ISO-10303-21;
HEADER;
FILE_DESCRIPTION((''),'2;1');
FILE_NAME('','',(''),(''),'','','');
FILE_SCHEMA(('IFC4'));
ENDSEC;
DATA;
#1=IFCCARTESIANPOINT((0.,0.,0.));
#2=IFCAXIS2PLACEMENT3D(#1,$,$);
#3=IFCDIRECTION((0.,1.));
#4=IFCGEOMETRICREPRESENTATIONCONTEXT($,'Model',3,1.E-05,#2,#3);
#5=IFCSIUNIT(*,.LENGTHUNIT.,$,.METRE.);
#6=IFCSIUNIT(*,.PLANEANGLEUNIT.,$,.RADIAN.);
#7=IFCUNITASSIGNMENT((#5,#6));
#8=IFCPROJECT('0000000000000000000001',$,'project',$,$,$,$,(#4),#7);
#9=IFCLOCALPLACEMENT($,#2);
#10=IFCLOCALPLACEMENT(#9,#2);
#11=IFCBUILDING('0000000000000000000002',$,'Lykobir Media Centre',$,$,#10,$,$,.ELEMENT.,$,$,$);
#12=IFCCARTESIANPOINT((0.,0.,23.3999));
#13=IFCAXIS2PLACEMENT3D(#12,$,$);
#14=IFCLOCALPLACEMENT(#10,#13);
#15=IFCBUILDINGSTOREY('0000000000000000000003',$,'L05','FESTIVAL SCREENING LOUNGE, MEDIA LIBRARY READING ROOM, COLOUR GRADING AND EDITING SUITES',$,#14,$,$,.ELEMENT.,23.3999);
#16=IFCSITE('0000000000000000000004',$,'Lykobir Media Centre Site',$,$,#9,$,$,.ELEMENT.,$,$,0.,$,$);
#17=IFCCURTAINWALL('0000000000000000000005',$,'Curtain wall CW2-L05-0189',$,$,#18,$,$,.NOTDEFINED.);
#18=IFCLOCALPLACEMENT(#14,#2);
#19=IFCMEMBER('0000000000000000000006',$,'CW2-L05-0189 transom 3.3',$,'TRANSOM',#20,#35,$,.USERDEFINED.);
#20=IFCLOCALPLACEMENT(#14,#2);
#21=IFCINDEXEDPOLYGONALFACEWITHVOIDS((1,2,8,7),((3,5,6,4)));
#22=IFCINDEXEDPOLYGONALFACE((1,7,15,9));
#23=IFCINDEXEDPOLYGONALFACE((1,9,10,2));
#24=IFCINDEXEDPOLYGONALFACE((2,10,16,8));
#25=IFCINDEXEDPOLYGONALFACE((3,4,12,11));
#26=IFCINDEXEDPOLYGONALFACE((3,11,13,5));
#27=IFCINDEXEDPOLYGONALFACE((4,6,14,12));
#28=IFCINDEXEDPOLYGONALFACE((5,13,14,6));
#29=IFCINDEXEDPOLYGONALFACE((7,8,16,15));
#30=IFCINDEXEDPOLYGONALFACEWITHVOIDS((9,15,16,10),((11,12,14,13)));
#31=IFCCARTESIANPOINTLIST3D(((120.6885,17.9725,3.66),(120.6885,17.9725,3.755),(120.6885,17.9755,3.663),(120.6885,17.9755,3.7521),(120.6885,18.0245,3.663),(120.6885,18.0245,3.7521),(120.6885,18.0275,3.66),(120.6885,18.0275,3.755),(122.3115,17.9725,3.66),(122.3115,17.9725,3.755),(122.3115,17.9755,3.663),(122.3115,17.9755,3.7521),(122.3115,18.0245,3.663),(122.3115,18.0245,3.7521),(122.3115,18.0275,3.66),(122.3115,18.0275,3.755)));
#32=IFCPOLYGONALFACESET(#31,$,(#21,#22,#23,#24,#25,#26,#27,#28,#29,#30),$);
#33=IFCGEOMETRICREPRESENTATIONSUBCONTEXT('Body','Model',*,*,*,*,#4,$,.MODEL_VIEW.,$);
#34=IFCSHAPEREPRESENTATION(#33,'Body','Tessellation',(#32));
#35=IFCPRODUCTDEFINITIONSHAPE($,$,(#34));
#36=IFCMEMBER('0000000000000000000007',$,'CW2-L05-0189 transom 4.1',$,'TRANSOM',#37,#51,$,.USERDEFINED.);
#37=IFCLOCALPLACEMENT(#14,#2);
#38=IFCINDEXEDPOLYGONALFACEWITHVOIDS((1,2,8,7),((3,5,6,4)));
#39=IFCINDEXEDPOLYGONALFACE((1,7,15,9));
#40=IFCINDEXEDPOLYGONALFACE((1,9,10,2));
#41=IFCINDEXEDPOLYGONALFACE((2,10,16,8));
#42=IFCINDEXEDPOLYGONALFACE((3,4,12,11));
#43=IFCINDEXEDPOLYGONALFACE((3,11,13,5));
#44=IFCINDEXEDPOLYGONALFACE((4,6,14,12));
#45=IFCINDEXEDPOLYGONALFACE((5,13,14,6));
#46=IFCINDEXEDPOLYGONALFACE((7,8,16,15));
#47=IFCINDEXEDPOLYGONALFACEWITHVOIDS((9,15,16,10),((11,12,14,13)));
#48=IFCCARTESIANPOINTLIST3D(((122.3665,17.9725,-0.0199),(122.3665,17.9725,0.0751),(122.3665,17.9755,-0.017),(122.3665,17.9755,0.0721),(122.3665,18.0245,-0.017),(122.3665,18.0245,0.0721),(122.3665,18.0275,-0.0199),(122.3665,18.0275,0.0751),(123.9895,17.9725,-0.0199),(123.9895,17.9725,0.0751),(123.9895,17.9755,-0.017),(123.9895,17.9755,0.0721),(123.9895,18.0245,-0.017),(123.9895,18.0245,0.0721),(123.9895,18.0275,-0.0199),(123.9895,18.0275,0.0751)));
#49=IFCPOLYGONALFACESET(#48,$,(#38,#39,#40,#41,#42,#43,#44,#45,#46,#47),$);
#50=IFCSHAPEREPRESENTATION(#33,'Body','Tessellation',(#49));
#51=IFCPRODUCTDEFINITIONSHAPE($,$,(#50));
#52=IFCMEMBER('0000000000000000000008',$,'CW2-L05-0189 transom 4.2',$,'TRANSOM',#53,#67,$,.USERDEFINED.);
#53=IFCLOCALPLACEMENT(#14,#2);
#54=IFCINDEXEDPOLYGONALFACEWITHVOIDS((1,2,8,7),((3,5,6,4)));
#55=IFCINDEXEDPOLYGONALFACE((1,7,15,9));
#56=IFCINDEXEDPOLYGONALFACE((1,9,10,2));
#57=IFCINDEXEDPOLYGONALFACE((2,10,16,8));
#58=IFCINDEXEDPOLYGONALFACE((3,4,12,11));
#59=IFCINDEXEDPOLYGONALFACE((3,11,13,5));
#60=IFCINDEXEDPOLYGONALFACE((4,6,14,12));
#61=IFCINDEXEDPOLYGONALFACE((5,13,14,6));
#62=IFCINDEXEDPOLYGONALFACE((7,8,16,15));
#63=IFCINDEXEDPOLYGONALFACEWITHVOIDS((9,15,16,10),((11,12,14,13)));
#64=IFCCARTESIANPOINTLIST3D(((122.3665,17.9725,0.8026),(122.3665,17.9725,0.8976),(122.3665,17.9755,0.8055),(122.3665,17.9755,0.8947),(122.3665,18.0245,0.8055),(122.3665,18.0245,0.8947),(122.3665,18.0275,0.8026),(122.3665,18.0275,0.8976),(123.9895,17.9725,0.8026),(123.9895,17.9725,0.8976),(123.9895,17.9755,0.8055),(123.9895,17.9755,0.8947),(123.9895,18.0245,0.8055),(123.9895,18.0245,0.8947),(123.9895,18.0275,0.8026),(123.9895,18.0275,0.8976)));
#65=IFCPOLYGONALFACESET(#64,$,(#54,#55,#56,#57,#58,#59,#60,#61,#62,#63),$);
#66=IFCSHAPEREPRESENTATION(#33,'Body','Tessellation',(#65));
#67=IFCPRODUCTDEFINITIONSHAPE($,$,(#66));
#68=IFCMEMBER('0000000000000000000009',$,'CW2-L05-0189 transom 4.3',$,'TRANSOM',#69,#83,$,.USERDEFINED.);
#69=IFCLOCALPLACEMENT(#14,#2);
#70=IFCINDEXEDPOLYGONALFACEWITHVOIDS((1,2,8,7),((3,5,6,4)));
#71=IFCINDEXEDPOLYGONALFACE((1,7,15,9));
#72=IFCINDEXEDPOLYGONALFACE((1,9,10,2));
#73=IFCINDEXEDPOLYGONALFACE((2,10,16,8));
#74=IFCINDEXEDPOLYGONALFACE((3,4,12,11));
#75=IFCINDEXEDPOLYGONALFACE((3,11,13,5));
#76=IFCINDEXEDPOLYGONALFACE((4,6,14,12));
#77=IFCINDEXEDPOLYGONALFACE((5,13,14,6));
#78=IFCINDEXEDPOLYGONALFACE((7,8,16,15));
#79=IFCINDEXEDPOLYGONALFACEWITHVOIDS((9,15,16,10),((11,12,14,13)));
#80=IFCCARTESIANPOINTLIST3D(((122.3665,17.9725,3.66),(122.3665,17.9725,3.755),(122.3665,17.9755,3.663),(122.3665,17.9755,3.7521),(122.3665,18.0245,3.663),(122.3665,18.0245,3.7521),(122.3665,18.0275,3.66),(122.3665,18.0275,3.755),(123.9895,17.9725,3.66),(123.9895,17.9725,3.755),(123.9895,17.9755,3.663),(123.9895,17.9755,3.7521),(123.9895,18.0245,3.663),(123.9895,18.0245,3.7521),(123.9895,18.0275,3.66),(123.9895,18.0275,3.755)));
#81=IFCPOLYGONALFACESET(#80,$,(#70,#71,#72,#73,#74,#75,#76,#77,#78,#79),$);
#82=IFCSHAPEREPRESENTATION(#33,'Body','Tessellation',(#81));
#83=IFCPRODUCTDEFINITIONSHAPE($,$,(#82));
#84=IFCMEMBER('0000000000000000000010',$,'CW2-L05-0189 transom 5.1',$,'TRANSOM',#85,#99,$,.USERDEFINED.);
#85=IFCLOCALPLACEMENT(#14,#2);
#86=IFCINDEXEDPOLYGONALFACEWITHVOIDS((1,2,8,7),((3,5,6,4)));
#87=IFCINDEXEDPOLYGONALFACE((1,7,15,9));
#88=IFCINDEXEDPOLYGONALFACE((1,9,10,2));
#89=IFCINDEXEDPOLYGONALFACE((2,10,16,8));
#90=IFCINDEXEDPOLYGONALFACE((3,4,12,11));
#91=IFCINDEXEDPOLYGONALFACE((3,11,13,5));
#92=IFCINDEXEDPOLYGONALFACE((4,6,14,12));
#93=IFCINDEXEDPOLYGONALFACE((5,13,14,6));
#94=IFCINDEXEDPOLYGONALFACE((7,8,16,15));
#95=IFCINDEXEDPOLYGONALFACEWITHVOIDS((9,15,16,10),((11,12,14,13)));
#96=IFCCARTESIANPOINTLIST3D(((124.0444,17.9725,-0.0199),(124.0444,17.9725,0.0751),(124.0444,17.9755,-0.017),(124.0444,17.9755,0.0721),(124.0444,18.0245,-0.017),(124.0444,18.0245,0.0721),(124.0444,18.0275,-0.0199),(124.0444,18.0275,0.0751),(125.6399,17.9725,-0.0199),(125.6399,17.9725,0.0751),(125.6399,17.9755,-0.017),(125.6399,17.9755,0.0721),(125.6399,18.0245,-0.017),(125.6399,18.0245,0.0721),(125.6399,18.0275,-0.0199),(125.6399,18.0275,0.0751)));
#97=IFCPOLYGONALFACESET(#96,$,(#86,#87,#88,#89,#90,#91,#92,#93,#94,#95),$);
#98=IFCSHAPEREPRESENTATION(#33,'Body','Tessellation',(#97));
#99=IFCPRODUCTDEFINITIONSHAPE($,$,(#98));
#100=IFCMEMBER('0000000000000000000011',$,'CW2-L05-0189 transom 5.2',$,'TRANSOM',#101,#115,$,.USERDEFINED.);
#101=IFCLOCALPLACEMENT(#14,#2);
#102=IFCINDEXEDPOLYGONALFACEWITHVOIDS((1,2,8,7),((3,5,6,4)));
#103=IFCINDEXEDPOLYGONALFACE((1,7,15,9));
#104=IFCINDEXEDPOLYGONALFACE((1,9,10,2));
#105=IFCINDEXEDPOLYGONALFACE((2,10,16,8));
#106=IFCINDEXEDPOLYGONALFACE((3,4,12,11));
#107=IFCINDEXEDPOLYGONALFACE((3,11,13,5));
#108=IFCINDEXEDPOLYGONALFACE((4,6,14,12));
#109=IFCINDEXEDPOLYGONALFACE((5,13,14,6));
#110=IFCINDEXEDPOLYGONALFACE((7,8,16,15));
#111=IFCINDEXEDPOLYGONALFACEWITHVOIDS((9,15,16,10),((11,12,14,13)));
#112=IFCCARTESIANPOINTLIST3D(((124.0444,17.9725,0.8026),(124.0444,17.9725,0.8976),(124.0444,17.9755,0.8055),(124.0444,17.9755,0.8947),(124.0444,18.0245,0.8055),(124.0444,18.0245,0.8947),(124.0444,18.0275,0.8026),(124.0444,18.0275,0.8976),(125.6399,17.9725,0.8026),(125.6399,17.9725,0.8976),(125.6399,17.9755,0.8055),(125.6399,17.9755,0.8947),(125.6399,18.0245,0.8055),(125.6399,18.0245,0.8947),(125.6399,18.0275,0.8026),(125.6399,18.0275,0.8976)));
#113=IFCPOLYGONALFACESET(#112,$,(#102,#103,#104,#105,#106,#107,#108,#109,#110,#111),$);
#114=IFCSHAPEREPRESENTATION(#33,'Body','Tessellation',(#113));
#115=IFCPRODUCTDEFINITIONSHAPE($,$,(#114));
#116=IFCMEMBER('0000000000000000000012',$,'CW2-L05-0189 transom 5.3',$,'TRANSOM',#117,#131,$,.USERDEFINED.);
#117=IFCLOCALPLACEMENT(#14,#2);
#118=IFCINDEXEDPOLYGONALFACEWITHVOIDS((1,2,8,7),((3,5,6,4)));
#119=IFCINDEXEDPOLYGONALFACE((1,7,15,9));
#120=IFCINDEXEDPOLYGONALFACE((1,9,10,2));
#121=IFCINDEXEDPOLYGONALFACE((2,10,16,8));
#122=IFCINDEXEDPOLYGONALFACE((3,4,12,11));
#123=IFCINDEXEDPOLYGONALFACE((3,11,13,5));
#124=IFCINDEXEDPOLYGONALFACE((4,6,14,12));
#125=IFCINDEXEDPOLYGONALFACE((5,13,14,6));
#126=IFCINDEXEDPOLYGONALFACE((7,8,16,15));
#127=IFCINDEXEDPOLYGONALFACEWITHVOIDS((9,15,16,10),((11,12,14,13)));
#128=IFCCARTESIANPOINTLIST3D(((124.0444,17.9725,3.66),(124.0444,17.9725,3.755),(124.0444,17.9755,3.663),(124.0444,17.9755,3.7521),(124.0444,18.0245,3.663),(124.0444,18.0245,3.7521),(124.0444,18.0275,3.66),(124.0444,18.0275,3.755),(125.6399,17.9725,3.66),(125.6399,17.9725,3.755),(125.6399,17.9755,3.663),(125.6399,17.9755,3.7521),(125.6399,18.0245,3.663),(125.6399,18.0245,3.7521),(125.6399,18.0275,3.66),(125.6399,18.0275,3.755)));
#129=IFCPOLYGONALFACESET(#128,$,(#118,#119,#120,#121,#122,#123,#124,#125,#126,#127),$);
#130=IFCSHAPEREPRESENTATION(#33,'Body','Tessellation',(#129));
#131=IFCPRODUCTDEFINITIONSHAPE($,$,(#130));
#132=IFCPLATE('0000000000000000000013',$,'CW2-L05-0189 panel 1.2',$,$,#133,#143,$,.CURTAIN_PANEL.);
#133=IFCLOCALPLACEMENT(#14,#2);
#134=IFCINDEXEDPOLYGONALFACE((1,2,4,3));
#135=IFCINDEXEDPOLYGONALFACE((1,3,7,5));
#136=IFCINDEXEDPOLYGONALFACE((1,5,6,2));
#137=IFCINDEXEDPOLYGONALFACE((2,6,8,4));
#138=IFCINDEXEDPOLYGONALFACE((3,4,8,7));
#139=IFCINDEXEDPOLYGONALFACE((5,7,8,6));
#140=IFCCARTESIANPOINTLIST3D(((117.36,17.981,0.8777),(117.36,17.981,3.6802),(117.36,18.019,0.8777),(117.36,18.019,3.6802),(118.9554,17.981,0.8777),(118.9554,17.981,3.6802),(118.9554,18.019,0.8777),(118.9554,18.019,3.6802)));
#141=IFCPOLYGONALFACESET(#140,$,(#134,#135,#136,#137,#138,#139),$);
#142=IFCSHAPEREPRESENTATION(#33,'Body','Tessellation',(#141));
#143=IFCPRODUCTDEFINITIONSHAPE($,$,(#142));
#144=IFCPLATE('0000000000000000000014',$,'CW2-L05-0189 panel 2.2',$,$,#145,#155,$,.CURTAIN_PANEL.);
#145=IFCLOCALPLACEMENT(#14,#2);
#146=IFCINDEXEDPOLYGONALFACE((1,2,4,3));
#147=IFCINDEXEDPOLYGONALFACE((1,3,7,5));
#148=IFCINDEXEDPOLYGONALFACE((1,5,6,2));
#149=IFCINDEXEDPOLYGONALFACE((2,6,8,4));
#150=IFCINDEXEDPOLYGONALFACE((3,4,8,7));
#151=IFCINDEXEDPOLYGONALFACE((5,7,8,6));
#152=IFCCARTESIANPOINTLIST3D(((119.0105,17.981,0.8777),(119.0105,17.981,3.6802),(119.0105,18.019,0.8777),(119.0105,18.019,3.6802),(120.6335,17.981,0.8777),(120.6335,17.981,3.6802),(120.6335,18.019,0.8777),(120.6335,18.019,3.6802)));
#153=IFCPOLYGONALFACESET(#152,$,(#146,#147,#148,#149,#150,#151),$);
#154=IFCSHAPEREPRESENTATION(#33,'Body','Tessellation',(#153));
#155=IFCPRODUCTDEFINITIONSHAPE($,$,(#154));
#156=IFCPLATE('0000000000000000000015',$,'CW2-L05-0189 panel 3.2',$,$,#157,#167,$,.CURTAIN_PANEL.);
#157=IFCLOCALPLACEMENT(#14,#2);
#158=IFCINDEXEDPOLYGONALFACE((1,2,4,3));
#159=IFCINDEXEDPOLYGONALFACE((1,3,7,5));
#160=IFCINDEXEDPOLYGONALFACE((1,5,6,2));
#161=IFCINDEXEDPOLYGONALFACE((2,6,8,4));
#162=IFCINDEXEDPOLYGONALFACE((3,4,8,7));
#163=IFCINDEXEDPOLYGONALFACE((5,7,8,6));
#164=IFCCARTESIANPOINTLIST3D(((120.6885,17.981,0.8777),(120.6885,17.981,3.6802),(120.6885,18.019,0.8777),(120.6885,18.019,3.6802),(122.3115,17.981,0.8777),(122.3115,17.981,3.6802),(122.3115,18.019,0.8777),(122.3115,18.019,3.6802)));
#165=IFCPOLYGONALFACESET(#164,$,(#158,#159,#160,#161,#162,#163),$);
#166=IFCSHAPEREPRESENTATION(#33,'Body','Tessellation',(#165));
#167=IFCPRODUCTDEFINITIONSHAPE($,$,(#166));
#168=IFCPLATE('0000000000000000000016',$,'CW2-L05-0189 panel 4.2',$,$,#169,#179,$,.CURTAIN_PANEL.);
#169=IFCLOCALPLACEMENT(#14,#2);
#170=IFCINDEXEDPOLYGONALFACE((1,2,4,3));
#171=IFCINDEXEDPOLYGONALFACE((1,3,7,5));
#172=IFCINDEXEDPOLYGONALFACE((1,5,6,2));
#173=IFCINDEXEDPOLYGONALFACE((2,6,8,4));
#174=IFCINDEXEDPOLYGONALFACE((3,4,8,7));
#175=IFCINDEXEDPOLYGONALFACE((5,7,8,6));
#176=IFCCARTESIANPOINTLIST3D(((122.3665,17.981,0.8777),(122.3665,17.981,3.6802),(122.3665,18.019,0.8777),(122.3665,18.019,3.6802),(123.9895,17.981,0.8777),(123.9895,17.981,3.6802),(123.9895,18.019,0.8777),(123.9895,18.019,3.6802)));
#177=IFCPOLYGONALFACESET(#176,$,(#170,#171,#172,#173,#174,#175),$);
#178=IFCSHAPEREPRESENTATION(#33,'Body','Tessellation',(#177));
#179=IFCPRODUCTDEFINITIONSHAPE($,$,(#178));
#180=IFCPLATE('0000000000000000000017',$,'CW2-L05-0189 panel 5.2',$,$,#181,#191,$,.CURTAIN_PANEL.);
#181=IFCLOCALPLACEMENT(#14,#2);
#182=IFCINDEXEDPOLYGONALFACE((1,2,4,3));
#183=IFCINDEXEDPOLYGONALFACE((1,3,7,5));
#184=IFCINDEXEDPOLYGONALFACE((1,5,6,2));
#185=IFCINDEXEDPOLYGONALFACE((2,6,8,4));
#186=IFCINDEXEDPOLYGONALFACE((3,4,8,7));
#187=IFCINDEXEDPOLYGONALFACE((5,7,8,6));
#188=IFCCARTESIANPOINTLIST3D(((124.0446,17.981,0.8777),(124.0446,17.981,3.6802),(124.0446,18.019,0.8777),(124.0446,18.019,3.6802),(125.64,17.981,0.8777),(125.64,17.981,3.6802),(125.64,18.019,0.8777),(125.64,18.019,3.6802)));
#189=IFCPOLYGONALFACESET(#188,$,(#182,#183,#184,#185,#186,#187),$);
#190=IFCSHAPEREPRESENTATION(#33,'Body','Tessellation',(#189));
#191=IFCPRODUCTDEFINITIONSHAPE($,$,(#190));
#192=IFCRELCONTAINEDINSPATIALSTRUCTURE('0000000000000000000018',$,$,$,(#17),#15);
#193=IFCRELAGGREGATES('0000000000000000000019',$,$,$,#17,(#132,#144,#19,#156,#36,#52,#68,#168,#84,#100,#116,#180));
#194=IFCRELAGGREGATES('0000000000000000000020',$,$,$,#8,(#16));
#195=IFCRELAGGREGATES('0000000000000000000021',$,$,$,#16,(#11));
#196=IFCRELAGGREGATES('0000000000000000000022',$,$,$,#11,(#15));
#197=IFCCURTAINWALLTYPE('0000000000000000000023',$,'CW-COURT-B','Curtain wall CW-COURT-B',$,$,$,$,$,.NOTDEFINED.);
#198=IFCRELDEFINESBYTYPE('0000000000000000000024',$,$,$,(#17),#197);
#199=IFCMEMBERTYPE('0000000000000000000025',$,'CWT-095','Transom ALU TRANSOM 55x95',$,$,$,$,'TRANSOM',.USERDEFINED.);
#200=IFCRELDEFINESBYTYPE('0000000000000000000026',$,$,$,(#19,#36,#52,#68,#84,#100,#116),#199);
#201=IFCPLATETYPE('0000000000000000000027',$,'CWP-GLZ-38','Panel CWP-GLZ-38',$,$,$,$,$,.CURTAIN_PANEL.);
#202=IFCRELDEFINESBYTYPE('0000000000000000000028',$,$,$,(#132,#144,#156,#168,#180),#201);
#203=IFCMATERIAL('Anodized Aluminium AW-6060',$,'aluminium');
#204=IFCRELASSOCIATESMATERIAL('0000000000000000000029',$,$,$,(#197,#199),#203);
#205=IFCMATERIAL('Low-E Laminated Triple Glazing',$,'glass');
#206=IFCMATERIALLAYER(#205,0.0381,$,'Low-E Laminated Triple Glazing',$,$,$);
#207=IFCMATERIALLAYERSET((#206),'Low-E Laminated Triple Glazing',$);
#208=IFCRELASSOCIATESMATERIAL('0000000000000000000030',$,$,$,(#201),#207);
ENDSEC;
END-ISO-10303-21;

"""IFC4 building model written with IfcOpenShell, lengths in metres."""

from ifc_helpers import new_model, si_unit, direction, frame, origin, origin_2d, place, context, subcontext, project, spatial, rectangle, hollow_rectangle, extrude, material, layer, layer_set, material_profile, profile_set, type_object, element, aggregate, save


model = new_model("IFC4")

# Units and contexts
model_context = context("Model", 3, precision=1e-05, world=origin(), true_north=direction((0.0, 1.0)))
body_context = subcontext(model_context, "Body", "Model", "MODEL_VIEW")
ifc_project = project(units=[si_unit("LENGTHUNIT", "METRE"), si_unit("PLANEANGLEUNIT", "RADIAN")], contexts=[model_context])

# Site, building, storey
site_placement = place(None, origin())
site = spatial("IfcSite", under=ifc_project, at=site_placement, Name="Lykobir Media Centre Site", CompositionType="ELEMENT", RefElevation=0.0)
building_placement = place(site_placement, origin())
building = spatial("IfcBuilding", under=site, at=building_placement, Name="Lykobir Media Centre", CompositionType="ELEMENT")
storey_placement = place(building_placement, frame((0.0, 0.0, 23.3999)))
storey = spatial("IfcBuildingStorey", under=building, at=storey_placement, Name="L05", Description="FESTIVAL SCREENING LOUNGE, MEDIA LIBRARY READING ROOM, COLOUR GRADING AND EDITING SUITES", CompositionType="ELEMENT", Elevation=23.3999)

# Curtain wall, members, plates
ifc_material_1 = material(Name="Anodized Aluminium AW-6060", Category="aluminium")
curtain_wall_type = type_object("IfcCurtainWallType", Name="CW-COURT-B", Description="Curtain wall CW-COURT-B", PredefinedType="NOTDEFINED", material=ifc_material_1)
curtain_wall_placement = place(storey_placement, origin())
curtain_wall = element("IfcCurtainWall", 1, at=curtain_wall_placement, inside=storey, type_object=curtain_wall_type, Name="Curtain wall CW2-L05-0189", PredefinedType="NOTDEFINED")
ifc_material_profile_1 = material_profile(ifc_material_1, hollow_rectangle(XDim=0.0549, YDim=0.095, WallThickness=0.0029, at=origin_2d()), Name="ALU TRANSOM 55x95")
ifc_profile_set_1 = profile_set([ifc_material_profile_1], Name="Anodized Aluminium AW-6060")
member_type_1 = type_object("IfcMemberType", Name="CWT-095", Description="Transom ALU TRANSOM 55x95", ElementType="TRANSOM", PredefinedType="USERDEFINED", material=ifc_profile_set_1)
member_1_placement = place(storey_placement, frame((120.6885, 18.0, 3.7075), z_axis=(1.0, 0.0, 0.0), x_axis=(0.0, 1.0, 0.0)))
member_1 = element("IfcMember", 2, at=member_1_placement, type_object=member_type_1, Name="CW2-L05-0189 transom 3.3", ObjectType="TRANSOM", PredefinedType="USERDEFINED", context=body_context, shape_type="SweptSolid", body=[
    extrude(hollow_rectangle(XDim=0.0549, YDim=0.095, WallThickness=0.0029, at=origin_2d()), origin(), (0.0, 0.0, 1.0), 1.623),
])
member_2_placement = place(storey_placement, frame((122.3665, 18.0, 0.0276), z_axis=(1.0, 0.0, 0.0), x_axis=(0.0, 1.0, 0.0)))
member_2 = element("IfcMember", 3, at=member_2_placement, type_object=member_type_1, Name="CW2-L05-0189 transom 4.1", ObjectType="TRANSOM", PredefinedType="USERDEFINED", context=body_context, shape_type="SweptSolid", body=[
    extrude(hollow_rectangle(XDim=0.0549, YDim=0.095, WallThickness=0.0029, at=origin_2d()), origin(), (0.0, 0.0, 1.0), 1.623),
])
member_3_placement = place(storey_placement, frame((122.3665, 18.0, 0.8501), z_axis=(1.0, 0.0, 0.0), x_axis=(0.0, 1.0, 0.0)))
member_3 = element("IfcMember", 4, at=member_3_placement, type_object=member_type_1, Name="CW2-L05-0189 transom 4.2", ObjectType="TRANSOM", PredefinedType="USERDEFINED", context=body_context, shape_type="SweptSolid", body=[
    extrude(hollow_rectangle(XDim=0.0549, YDim=0.095, WallThickness=0.0029, at=origin_2d()), origin(), (0.0, 0.0, 1.0), 1.623),
])
member_4_placement = place(storey_placement, frame((122.3665, 18.0, 3.7075), z_axis=(1.0, 0.0, 0.0), x_axis=(0.0, 1.0, 0.0)))
member_4 = element("IfcMember", 5, at=member_4_placement, type_object=member_type_1, Name="CW2-L05-0189 transom 4.3", ObjectType="TRANSOM", PredefinedType="USERDEFINED", context=body_context, shape_type="SweptSolid", body=[
    extrude(hollow_rectangle(XDim=0.0549, YDim=0.095, WallThickness=0.0029, at=origin_2d()), origin(), (0.0, 0.0, 1.0), 1.623),
])
member_5_placement = place(storey_placement, frame((124.0444, 18.0, 0.0276), z_axis=(1.0, 0.0, 0.0), x_axis=(0.0, 1.0, 0.0)))
member_5 = element("IfcMember", 6, at=member_5_placement, type_object=member_type_1, Name="CW2-L05-0189 transom 5.1", ObjectType="TRANSOM", PredefinedType="USERDEFINED", context=body_context, shape_type="SweptSolid", body=[
    extrude(hollow_rectangle(XDim=0.0549, YDim=0.095, WallThickness=0.0029, at=origin_2d()), origin(), (0.0, 0.0, 1.0), 1.5955),
])
member_6_placement = place(storey_placement, frame((124.0444, 18.0, 0.8501), z_axis=(1.0, 0.0, 0.0), x_axis=(0.0, 1.0, 0.0)))
member_6 = element("IfcMember", 7, at=member_6_placement, type_object=member_type_1, Name="CW2-L05-0189 transom 5.2", ObjectType="TRANSOM", PredefinedType="USERDEFINED", context=body_context, shape_type="SweptSolid", body=[
    extrude(hollow_rectangle(XDim=0.0549, YDim=0.095, WallThickness=0.0029, at=origin_2d()), origin(), (0.0, 0.0, 1.0), 1.5955),
])
member_7_placement = place(storey_placement, frame((124.0444, 18.0, 3.7075), z_axis=(1.0, 0.0, 0.0), x_axis=(0.0, 1.0, 0.0)))
member_7 = element("IfcMember", 8, at=member_7_placement, type_object=member_type_1, Name="CW2-L05-0189 transom 5.3", ObjectType="TRANSOM", PredefinedType="USERDEFINED", context=body_context, shape_type="SweptSolid", body=[
    extrude(hollow_rectangle(XDim=0.0549, YDim=0.095, WallThickness=0.0029, at=origin_2d()), origin(), (0.0, 0.0, 1.0), 1.5955),
])
ifc_material_2 = material(Name="Low-E Laminated Triple Glazing", Category="glass")
ifc_layer_1 = layer(ifc_material_2, 0.0381, Name="Low-E Laminated Triple Glazing")
ifc_layer_set_1 = layer_set([ifc_layer_1], Name="Low-E Laminated Triple Glazing")
plate_type_1 = type_object("IfcPlateType", Name="CWP-GLZ-38", Description="Panel CWP-GLZ-38", PredefinedType="CURTAIN_PANEL", material=ifc_layer_set_1)
plate_1_placement = place(storey_placement, frame((118.1577, 18.0, 0.8777), z_axis=(0.0, 0.0, 1.0), x_axis=(1.0, 0.0, 0.0)))
plate_1 = element("IfcPlate", 9, at=plate_1_placement, type_object=plate_type_1, Name="CW2-L05-0189 panel 1.2", PredefinedType="CURTAIN_PANEL", context=body_context, shape_type="SweptSolid", body=[
    extrude(rectangle(XDim=1.5955, YDim=0.0381, at=origin_2d()), origin(), (0.0, 0.0, 1.0), 2.8025),
])
plate_2_placement = place(storey_placement, frame((119.822, 18.0, 0.8777), z_axis=(0.0, 0.0, 1.0), x_axis=(1.0, 0.0, 0.0)))
plate_2 = element("IfcPlate", 10, at=plate_2_placement, type_object=plate_type_1, Name="CW2-L05-0189 panel 2.2", PredefinedType="CURTAIN_PANEL", context=body_context, shape_type="SweptSolid", body=[
    extrude(rectangle(XDim=1.623, YDim=0.0381, at=origin_2d()), origin(), (0.0, 0.0, 1.0), 2.8025),
])
plate_3_placement = place(storey_placement, frame((121.5, 18.0, 0.8777), z_axis=(0.0, 0.0, 1.0), x_axis=(1.0, 0.0, 0.0)))
plate_3 = element("IfcPlate", 11, at=plate_3_placement, type_object=plate_type_1, Name="CW2-L05-0189 panel 3.2", PredefinedType="CURTAIN_PANEL", context=body_context, shape_type="SweptSolid", body=[
    extrude(rectangle(XDim=1.623, YDim=0.0381, at=origin_2d()), origin(), (0.0, 0.0, 1.0), 2.8025),
])
plate_4_placement = place(storey_placement, frame((123.178, 18.0, 0.8777), z_axis=(0.0, 0.0, 1.0), x_axis=(1.0, 0.0, 0.0)))
plate_4 = element("IfcPlate", 12, at=plate_4_placement, type_object=plate_type_1, Name="CW2-L05-0189 panel 4.2", PredefinedType="CURTAIN_PANEL", context=body_context, shape_type="SweptSolid", body=[
    extrude(rectangle(XDim=1.623, YDim=0.0381, at=origin_2d()), origin(), (0.0, 0.0, 1.0), 2.8025),
])
plate_5_placement = place(storey_placement, frame((124.8423, 18.0, 0.8777), z_axis=(0.0, 0.0, 1.0), x_axis=(1.0, 0.0, 0.0)))
plate_5 = element("IfcPlate", 13, at=plate_5_placement, type_object=plate_type_1, Name="CW2-L05-0189 panel 5.2", PredefinedType="CURTAIN_PANEL", context=body_context, shape_type="SweptSolid", body=[
    extrude(rectangle(XDim=1.5955, YDim=0.0381, at=origin_2d()), origin(), (0.0, 0.0, 1.0), 2.8025),
])
aggregate(curtain_wall, [plate_1, plate_2, member_1, plate_3, member_2, member_3, member_4, plate_4, member_5, member_6, member_7, plate_5])

save(model, "model.ifc")
